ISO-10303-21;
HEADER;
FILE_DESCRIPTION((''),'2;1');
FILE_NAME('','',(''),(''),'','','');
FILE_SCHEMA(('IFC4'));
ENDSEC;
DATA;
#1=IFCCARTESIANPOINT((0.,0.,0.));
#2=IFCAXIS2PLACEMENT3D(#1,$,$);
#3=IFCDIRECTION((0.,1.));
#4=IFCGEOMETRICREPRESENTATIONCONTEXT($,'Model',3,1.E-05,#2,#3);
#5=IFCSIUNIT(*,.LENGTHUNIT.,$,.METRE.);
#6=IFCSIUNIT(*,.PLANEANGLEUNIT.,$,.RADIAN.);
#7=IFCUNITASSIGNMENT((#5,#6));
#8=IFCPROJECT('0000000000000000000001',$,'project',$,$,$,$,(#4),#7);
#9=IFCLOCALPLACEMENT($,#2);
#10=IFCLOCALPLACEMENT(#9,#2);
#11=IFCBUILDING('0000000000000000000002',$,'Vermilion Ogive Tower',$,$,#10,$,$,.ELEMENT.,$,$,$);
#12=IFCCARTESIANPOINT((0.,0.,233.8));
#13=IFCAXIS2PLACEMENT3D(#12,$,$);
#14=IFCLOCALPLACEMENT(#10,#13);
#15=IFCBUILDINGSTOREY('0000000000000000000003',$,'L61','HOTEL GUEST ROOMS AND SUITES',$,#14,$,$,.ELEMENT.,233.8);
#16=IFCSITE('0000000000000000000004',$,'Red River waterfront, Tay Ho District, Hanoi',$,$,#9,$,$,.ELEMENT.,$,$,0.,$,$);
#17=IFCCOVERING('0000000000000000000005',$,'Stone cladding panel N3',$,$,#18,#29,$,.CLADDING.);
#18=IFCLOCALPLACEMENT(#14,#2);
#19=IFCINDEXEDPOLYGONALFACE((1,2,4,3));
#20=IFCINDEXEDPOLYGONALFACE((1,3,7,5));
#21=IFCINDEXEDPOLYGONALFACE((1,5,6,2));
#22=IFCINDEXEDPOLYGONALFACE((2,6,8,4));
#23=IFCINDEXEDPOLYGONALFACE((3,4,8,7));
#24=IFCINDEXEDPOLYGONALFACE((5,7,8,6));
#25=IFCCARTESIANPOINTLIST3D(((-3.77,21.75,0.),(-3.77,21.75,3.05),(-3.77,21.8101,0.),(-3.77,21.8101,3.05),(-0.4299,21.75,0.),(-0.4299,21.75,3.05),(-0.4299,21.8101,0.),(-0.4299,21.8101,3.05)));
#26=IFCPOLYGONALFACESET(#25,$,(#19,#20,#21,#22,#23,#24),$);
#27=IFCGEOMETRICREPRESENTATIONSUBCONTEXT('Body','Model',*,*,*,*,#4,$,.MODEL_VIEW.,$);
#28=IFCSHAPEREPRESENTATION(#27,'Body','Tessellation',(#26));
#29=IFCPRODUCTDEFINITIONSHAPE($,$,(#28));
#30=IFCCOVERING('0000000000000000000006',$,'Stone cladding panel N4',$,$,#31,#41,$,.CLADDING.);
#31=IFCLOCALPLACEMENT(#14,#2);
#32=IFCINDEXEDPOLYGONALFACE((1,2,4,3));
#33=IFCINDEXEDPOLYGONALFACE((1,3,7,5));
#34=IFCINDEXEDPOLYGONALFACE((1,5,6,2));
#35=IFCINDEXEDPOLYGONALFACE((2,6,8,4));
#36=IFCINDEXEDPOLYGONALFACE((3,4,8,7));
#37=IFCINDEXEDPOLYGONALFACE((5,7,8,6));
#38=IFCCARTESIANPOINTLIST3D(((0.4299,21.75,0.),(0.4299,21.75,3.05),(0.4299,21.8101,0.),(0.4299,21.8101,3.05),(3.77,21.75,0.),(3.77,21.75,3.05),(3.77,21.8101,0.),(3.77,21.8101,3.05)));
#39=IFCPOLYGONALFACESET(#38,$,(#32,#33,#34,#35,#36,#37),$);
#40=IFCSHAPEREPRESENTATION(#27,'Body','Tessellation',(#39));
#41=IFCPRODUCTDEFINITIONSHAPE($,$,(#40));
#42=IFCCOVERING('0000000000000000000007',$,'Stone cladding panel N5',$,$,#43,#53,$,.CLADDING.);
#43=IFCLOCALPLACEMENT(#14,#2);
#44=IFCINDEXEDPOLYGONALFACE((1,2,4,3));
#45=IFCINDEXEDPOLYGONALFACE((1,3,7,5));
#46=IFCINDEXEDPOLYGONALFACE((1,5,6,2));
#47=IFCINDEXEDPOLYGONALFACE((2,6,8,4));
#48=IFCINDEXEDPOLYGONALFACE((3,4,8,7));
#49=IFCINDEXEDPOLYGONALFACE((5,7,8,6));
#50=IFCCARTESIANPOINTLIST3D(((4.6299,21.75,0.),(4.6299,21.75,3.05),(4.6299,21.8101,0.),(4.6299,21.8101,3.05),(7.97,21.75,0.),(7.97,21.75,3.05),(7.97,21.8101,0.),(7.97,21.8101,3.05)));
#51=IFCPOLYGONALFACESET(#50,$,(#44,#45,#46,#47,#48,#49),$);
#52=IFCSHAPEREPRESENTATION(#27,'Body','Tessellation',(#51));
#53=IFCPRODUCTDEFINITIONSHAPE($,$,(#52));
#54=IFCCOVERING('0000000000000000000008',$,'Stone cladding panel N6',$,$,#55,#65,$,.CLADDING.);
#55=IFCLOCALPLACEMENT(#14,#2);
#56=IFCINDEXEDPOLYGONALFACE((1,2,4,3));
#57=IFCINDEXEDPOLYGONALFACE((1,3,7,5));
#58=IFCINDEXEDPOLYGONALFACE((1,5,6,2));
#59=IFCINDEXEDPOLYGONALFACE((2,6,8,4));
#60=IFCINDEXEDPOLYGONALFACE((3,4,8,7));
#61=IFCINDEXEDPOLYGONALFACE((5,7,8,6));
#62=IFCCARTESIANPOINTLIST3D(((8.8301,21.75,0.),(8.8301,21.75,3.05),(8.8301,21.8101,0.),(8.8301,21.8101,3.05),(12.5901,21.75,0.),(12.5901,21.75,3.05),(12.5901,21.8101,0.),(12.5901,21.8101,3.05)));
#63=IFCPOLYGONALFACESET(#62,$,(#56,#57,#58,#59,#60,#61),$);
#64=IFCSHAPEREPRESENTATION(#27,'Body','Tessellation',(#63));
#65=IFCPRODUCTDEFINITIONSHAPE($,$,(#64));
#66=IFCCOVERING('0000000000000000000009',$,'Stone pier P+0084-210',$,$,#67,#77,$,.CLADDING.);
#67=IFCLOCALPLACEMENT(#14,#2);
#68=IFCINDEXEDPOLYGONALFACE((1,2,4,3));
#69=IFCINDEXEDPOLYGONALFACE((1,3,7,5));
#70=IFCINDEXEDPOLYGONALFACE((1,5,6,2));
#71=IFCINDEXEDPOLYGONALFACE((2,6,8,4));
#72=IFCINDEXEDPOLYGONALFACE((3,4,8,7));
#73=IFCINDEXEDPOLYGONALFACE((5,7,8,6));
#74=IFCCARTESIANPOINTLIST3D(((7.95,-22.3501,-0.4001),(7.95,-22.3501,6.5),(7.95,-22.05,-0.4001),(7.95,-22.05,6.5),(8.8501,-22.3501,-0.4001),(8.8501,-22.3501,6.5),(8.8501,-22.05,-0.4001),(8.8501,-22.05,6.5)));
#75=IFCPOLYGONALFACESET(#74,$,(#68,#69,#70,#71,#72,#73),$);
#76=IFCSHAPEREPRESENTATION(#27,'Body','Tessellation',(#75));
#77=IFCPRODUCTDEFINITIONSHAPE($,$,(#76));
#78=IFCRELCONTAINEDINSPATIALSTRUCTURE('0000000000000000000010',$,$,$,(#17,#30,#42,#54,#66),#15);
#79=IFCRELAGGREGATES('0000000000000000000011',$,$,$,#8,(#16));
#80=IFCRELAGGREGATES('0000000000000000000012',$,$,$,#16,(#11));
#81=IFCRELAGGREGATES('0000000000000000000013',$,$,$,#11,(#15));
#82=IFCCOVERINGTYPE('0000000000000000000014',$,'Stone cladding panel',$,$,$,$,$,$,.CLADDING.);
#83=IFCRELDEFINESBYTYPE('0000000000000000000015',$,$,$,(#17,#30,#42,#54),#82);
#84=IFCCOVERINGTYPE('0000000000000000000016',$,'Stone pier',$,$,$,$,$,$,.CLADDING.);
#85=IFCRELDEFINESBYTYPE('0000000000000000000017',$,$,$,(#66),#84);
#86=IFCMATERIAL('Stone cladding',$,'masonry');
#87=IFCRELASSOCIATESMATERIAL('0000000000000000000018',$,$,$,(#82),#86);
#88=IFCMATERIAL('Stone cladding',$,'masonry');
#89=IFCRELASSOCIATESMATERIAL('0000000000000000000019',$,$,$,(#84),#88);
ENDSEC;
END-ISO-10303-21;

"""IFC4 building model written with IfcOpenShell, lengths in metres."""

from ifc_helpers import new_model, si_unit, direction, frame, origin, place, context, subcontext, project, spatial, polyline, outline, extrude, material, type_object, element, save


model = new_model("IFC4")

# Units and contexts
model_context = context("Model", 3, precision=1e-05, world=origin(), true_north=direction((0.0, 1.0)))
body_context = subcontext(model_context, "Body", "Model", "MODEL_VIEW")
ifc_project = project(units=[si_unit("LENGTHUNIT", "METRE"), si_unit("PLANEANGLEUNIT", "RADIAN")], contexts=[model_context])

# Site, building, storey
site_placement = place(None, origin())
site = spatial("IfcSite", under=ifc_project, at=site_placement, Name="Red River waterfront, Tay Ho District, Hanoi", CompositionType="ELEMENT", RefElevation=0.0)
building_placement = place(site_placement, origin())
building = spatial("IfcBuilding", under=site, at=building_placement, Name="Vermilion Ogive Tower", CompositionType="ELEMENT")
storey_placement = place(building_placement, frame((0.0, 0.0, 233.8)))
storey = spatial("IfcBuildingStorey", under=building, at=storey_placement, Name="L61", Description="HOTEL GUEST ROOMS AND SUITES", CompositionType="ELEMENT", Elevation=233.8)

# Coverings
ifc_material_1 = material(Name="Stone cladding", Category="masonry")
covering_type_1 = type_object("IfcCoveringType", Name="Stone cladding panel", PredefinedType="CLADDING", material=ifc_material_1)
covering_1_placement = place(storey_placement, origin())
element("IfcCovering", 1, at=covering_1_placement, inside=storey, type_object=covering_type_1, Name="Stone cladding panel N3", PredefinedType="CLADDING", context=body_context, shape_type="SweptSolid", body=[
    extrude(outline(polyline([(-3.77, 21.75), (-0.4299, 21.75), (-0.4299, 21.8101), (-3.77, 21.8101), (-3.77, 21.75)])), origin(), (0.0, 0.0, 1.0), 3.05),
])
covering_2_placement = place(storey_placement, origin())
element("IfcCovering", 2, at=covering_2_placement, inside=storey, type_object=covering_type_1, Name="Stone cladding panel N4", PredefinedType="CLADDING", context=body_context, shape_type="SweptSolid", body=[
    extrude(outline(polyline([(0.4299, 21.75), (3.77, 21.75), (3.77, 21.8101), (0.4299, 21.8101), (0.4299, 21.75)])), origin(), (0.0, 0.0, 1.0), 3.05),
])
covering_3_placement = place(storey_placement, origin())
element("IfcCovering", 3, at=covering_3_placement, inside=storey, type_object=covering_type_1, Name="Stone cladding panel N5", PredefinedType="CLADDING", context=body_context, shape_type="SweptSolid", body=[
    extrude(outline(polyline([(4.6299, 21.75), (7.97, 21.75), (7.97, 21.8101), (4.6299, 21.8101), (4.6299, 21.75)])), origin(), (0.0, 0.0, 1.0), 3.05),
])
covering_4_placement = place(storey_placement, origin())
element("IfcCovering", 4, at=covering_4_placement, inside=storey, type_object=covering_type_1, Name="Stone cladding panel N6", PredefinedType="CLADDING", context=body_context, shape_type="SweptSolid", body=[
    extrude(outline(polyline([(8.8301, 21.75), (12.5901, 21.75), (12.5901, 21.8101), (8.8301, 21.8101), (8.8301, 21.75)])), origin(), (0.0, 0.0, 1.0), 3.05),
])
ifc_material_2 = material(Name="Stone cladding", Category="masonry")
covering_type_2 = type_object("IfcCoveringType", Name="Stone pier", PredefinedType="CLADDING", material=ifc_material_2)
covering_5_placement = place(storey_placement, frame((0.0, 0.0, -0.4001)))
element("IfcCovering", 5, at=covering_5_placement, inside=storey, type_object=covering_type_2, Name="Stone pier P+0084-210", PredefinedType="CLADDING", context=body_context, shape_type="SweptSolid", body=[
    extrude(outline(polyline([(8.8501, -22.3501), (7.95, -22.3501), (7.95, -22.05), (8.8501, -22.05), (8.8501, -22.3501)])), origin(), (0.0, 0.0, 1.0), 6.9001),
])

save(model, "model.ifc")
